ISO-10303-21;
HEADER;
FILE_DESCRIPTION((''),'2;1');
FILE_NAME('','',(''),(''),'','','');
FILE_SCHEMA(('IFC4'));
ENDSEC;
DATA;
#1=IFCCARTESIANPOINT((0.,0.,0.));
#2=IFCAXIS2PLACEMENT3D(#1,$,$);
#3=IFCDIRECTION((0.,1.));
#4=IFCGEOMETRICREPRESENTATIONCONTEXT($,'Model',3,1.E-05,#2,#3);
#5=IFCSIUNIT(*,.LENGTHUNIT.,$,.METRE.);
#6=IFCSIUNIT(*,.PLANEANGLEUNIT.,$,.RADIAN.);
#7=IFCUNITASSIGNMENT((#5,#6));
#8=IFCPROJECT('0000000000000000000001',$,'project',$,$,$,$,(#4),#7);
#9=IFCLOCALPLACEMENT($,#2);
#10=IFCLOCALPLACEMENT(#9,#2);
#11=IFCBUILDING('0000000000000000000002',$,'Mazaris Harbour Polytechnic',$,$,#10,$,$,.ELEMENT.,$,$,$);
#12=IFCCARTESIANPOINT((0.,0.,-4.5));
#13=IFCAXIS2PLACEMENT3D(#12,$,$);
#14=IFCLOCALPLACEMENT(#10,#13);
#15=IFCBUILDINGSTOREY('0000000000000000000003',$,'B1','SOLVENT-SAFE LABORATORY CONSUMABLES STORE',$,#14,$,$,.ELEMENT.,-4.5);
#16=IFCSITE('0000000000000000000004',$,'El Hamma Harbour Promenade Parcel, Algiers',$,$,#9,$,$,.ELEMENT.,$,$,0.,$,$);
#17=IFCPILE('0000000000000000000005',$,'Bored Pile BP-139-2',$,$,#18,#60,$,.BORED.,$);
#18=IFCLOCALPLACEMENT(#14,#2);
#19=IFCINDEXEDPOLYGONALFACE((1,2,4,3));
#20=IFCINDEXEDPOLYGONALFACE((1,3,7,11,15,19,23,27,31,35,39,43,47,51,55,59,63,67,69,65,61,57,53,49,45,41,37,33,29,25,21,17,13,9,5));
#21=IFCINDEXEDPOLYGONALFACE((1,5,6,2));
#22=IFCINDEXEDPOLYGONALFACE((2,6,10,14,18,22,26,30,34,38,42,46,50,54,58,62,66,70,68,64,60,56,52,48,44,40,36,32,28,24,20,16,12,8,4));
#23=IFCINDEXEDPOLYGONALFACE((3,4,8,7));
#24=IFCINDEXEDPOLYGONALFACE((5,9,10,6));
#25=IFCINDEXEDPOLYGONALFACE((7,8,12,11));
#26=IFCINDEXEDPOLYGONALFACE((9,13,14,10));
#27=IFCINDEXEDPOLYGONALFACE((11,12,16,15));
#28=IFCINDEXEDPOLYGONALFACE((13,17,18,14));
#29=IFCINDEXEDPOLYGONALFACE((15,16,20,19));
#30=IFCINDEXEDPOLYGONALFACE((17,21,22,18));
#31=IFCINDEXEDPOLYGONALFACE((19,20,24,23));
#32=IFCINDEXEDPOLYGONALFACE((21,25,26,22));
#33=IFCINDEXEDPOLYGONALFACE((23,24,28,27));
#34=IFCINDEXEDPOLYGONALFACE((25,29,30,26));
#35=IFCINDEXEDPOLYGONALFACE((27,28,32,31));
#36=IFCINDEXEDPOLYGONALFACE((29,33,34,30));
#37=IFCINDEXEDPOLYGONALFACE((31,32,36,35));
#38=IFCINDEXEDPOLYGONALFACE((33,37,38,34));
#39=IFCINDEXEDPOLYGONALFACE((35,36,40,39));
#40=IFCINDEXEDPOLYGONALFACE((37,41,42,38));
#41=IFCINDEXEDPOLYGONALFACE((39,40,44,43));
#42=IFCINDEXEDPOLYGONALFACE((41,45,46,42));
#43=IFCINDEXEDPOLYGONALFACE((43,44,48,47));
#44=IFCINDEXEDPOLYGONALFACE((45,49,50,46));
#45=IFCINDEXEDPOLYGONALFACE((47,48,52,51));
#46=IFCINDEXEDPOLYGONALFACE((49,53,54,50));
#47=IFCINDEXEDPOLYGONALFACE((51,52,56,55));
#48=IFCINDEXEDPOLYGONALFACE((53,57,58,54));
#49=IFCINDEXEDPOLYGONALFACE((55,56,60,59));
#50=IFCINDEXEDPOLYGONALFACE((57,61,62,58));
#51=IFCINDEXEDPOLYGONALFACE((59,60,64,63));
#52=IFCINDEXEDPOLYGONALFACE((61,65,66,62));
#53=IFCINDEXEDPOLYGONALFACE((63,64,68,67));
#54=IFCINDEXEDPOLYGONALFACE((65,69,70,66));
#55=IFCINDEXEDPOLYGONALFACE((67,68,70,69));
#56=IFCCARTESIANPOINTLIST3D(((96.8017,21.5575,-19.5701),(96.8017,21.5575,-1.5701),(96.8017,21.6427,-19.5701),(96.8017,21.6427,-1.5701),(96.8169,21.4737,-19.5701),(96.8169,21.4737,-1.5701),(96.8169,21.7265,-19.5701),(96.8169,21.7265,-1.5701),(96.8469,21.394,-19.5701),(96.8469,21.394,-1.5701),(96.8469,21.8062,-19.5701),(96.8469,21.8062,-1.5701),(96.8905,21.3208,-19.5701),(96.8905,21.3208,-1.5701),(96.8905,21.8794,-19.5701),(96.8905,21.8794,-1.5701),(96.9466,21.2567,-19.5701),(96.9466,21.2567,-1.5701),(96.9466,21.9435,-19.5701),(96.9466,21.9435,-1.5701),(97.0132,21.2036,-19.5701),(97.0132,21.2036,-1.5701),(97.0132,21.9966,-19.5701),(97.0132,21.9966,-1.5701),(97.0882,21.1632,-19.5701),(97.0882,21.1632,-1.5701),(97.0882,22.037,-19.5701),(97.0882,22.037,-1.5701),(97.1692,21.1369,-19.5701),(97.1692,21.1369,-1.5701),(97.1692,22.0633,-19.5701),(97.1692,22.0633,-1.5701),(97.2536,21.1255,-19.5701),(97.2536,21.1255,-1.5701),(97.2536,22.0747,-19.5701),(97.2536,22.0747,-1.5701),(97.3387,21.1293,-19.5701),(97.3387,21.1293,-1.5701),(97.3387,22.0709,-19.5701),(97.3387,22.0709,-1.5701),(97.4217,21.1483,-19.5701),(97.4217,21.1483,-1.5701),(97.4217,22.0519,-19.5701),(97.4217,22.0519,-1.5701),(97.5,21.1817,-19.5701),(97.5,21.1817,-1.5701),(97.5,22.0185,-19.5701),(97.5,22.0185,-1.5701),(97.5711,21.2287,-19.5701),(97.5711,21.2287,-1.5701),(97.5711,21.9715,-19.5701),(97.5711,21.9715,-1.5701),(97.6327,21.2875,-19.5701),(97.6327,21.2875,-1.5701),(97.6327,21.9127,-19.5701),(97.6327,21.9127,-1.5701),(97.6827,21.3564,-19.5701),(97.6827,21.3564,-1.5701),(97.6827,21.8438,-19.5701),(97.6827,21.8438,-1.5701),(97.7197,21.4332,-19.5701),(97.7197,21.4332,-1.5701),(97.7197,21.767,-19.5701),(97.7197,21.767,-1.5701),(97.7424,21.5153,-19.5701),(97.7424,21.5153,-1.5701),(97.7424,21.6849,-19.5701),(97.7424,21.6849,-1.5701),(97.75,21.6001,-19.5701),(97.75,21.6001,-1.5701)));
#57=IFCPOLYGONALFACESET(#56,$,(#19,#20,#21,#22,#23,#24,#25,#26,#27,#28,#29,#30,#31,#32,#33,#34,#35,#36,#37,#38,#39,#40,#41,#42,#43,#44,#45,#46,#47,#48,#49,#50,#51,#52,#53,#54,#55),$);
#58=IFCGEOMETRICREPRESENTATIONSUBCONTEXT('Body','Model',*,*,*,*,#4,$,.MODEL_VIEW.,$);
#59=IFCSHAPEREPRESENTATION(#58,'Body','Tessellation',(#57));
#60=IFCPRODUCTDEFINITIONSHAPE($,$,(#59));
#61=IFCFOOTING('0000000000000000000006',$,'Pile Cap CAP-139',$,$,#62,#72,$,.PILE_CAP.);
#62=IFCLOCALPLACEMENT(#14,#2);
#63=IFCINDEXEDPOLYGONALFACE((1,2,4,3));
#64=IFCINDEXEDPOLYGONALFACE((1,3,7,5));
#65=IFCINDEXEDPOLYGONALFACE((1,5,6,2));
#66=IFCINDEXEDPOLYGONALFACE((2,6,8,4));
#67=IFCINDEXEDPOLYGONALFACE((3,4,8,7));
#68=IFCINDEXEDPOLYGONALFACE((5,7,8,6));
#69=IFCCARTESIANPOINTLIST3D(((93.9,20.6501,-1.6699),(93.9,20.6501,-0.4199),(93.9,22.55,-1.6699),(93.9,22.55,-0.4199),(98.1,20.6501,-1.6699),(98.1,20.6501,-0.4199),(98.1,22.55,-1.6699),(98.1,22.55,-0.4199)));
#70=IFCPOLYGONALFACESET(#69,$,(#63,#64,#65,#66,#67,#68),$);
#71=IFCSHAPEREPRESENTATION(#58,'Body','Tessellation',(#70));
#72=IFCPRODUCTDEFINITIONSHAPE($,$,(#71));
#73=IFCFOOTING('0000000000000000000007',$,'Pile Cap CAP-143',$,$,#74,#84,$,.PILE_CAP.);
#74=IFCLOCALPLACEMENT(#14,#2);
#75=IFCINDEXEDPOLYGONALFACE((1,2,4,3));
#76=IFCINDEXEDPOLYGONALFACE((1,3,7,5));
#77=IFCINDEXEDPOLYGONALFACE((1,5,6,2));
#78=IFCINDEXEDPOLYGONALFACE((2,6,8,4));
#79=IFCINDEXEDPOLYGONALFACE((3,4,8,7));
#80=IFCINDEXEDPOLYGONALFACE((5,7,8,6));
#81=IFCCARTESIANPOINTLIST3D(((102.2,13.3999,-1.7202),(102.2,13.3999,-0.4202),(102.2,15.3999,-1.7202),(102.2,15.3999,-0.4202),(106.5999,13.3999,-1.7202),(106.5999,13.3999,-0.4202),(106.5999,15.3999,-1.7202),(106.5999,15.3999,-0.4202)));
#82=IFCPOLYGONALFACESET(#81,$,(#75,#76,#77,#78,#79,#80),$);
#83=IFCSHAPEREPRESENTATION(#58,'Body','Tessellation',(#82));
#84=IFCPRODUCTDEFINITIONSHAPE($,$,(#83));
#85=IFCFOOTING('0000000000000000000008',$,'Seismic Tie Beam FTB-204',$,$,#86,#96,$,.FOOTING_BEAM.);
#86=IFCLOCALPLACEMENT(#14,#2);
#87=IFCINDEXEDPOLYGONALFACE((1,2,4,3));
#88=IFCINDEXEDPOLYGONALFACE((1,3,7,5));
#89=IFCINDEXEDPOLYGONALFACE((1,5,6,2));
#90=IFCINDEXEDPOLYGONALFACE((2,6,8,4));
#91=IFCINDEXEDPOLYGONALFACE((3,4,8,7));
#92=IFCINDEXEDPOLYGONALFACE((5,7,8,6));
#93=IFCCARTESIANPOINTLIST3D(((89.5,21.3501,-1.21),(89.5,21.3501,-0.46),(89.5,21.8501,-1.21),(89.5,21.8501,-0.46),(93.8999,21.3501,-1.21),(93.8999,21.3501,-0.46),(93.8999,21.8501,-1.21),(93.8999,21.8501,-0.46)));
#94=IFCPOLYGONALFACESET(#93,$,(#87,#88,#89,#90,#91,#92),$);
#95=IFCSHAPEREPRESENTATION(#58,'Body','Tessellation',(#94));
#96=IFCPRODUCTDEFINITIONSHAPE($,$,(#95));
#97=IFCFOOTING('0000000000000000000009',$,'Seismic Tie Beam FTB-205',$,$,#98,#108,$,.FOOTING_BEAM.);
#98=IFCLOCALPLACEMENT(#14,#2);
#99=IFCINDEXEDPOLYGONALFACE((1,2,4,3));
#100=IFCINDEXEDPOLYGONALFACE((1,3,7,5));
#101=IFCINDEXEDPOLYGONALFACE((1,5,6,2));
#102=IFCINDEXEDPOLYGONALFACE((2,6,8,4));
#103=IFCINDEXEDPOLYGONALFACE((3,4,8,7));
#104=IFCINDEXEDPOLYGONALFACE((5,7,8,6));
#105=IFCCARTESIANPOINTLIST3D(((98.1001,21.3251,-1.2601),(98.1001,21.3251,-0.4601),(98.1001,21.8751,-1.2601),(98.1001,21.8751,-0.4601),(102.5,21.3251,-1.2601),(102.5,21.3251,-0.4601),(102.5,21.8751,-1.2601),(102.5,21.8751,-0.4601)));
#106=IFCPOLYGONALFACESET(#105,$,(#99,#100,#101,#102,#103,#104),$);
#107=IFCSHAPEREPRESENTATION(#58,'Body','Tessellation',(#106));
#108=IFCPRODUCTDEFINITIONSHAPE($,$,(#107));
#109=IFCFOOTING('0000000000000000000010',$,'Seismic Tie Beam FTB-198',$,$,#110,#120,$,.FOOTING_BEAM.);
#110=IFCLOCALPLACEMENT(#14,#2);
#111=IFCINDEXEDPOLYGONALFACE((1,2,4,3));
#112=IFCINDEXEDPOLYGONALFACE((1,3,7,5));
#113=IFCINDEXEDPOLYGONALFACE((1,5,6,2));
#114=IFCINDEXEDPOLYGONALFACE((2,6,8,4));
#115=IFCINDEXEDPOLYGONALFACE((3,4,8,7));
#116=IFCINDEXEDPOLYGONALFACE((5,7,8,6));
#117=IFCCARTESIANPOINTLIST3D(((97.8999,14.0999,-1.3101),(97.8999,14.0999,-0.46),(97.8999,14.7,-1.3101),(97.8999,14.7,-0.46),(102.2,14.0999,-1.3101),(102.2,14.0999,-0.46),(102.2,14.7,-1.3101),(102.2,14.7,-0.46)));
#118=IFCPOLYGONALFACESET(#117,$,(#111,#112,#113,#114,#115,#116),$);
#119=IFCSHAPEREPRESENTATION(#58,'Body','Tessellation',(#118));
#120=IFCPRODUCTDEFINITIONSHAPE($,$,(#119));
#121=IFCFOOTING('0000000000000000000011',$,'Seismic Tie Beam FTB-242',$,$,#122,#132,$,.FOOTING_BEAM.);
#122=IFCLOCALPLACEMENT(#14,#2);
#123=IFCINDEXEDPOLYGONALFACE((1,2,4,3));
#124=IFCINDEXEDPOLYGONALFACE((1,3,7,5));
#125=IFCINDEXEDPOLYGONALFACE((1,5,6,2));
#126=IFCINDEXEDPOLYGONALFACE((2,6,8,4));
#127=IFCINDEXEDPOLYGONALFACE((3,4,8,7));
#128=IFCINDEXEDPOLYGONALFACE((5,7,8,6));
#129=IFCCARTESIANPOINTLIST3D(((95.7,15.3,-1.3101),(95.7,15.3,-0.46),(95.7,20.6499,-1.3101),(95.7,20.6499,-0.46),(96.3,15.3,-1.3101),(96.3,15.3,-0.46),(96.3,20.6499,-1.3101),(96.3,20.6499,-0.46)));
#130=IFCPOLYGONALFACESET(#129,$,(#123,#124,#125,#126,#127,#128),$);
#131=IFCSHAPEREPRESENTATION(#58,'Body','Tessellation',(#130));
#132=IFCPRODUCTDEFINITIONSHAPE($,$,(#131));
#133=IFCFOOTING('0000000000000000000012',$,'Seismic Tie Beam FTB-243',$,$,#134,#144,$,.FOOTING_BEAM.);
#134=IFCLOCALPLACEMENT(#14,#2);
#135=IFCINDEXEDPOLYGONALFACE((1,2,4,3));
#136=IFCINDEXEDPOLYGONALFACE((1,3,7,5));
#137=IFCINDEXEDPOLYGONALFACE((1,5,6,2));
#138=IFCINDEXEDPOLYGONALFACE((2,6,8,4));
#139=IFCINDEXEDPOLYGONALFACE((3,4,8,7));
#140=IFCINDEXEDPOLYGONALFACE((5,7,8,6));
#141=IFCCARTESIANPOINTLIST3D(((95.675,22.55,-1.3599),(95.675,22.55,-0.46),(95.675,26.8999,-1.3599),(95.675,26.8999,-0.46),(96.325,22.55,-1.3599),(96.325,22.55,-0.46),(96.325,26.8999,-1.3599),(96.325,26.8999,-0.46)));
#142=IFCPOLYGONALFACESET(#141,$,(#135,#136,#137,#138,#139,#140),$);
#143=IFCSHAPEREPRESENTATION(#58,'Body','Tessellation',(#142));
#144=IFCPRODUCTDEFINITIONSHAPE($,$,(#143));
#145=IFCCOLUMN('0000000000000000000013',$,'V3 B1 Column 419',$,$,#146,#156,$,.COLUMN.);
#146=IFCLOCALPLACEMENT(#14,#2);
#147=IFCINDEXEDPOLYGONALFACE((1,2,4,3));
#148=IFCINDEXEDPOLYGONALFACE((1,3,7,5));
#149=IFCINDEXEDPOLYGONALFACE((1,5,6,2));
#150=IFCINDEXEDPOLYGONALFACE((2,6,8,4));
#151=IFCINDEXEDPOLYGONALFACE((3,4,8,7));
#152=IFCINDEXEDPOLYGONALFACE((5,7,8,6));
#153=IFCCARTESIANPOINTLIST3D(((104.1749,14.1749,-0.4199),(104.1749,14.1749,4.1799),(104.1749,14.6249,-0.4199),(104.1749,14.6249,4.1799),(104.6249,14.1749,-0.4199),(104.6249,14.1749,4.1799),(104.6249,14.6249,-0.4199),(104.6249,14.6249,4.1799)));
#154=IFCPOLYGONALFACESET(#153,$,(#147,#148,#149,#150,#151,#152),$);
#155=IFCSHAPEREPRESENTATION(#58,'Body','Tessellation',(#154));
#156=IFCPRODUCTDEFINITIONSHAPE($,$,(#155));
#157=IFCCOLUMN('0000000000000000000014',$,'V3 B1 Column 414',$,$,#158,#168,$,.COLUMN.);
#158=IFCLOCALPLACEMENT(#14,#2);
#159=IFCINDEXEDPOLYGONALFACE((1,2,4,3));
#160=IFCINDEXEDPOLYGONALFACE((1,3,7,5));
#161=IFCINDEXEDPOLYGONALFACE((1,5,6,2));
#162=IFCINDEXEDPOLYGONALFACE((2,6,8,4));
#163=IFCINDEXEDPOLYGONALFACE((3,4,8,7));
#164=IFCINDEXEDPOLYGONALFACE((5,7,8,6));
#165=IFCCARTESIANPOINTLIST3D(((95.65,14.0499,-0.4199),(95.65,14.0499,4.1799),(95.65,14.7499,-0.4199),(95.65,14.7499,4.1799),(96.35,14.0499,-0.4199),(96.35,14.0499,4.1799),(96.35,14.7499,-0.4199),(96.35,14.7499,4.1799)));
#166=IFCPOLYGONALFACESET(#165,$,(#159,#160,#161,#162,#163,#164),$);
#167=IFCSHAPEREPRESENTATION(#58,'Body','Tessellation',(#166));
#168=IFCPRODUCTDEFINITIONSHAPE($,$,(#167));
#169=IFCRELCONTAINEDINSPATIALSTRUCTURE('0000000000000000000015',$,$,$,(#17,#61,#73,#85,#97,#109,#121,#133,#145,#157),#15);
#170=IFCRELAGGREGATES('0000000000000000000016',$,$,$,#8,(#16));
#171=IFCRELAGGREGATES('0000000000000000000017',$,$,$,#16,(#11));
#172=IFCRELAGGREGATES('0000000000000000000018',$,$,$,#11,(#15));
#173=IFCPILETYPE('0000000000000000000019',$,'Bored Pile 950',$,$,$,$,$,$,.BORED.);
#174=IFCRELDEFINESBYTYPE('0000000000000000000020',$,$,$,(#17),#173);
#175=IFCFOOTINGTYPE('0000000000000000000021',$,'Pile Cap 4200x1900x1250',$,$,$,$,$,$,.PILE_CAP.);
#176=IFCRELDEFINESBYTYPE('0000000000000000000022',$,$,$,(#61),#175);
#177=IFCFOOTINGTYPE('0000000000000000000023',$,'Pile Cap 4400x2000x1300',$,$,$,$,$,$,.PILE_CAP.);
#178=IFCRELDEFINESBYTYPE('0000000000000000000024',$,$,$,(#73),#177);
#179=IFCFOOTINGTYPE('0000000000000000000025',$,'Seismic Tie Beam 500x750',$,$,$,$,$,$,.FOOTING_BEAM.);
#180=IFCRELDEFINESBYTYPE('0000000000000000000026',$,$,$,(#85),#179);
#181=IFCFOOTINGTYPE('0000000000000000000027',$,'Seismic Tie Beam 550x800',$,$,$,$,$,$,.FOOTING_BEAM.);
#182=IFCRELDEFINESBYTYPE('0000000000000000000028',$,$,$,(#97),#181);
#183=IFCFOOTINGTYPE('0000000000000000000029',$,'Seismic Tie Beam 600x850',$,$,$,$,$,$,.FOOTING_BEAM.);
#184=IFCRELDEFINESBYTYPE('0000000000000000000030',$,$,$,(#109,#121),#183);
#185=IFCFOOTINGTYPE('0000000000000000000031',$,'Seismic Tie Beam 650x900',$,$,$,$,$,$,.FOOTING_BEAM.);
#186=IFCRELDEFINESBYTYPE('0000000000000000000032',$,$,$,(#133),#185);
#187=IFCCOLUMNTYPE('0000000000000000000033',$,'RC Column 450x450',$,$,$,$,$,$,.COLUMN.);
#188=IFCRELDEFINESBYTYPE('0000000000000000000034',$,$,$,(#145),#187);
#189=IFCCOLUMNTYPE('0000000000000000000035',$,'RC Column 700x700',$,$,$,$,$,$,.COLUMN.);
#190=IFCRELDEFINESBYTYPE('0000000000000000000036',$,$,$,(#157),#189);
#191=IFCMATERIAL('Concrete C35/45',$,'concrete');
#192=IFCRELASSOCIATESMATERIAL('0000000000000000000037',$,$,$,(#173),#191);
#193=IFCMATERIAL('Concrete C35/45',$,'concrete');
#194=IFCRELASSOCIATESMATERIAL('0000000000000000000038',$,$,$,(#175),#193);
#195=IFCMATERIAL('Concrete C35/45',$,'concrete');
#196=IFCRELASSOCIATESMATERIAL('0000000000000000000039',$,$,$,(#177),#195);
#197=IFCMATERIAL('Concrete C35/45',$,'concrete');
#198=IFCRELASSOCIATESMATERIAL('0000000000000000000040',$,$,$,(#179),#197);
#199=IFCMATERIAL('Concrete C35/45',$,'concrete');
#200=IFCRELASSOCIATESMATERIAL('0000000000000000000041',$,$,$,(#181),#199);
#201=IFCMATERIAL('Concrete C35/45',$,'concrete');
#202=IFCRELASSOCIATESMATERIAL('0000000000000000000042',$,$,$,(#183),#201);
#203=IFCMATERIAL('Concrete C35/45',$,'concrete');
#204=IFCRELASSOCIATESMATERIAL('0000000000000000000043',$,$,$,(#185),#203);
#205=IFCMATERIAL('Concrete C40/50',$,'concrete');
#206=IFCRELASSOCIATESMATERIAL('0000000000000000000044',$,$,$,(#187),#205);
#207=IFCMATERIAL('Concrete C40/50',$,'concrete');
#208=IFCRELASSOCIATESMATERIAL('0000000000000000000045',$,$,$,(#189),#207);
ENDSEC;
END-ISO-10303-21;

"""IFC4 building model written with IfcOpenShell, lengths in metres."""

from ifc_helpers import new_model, si_unit, direction, frame, origin, origin_2d, place, context, subcontext, project, spatial, rectangle, circle, extrude, material, material_profile, profile_set, type_object, element, save


model = new_model("IFC4")

# Units and contexts
model_context = context("Model", 3, precision=1e-05, world=origin(), true_north=direction((0.0, 1.0)))
body_context = subcontext(model_context, "Body", "Model", "MODEL_VIEW")
ifc_project = project(units=[si_unit("LENGTHUNIT", "METRE"), si_unit("PLANEANGLEUNIT", "RADIAN")], contexts=[model_context])

# Site, building, storey
site_placement = place(None, origin())
site = spatial("IfcSite", under=ifc_project, at=site_placement, Name="El Hamma Harbour Promenade Parcel, Algiers", CompositionType="ELEMENT", RefElevation=0.0)
building_placement = place(site_placement, origin())
building = spatial("IfcBuilding", under=site, at=building_placement, Name="Mazaris Harbour Polytechnic", CompositionType="ELEMENT")
storey_placement = place(building_placement, frame((0.0, 0.0, -4.5)))
storey = spatial("IfcBuildingStorey", under=building, at=storey_placement, Name="B1", Description="SOLVENT-SAFE LABORATORY CONSUMABLES STORE", CompositionType="ELEMENT", Elevation=-4.5)

# Pile
ifc_material_1 = material(Name="Concrete C35/45", Category="concrete")
ifc_material_profile_1 = material_profile(ifc_material_1, circle(Radius=0.4751, at=origin_2d()), Name="DIA950")
ifc_profile_set_1 = profile_set([ifc_material_profile_1], Name="Concrete C35/45")
pile_type_1 = type_object("IfcPileType", Name="Bored Pile 950", PredefinedType="BORED", material=ifc_profile_set_1)
for number, where, z_axis, x_axis, name in (
    (1, (97.2749, 21.6001, -1.5701), (0.0, 0.0, -1.0), (1.0, 0.0, 0.0), "Bored Pile BP-139-2"),
):
    element("IfcPile", number, at=place(storey_placement, frame(where, z_axis=z_axis, x_axis=x_axis)), inside=storey, type_object=pile_type_1, Name=name, PredefinedType="BORED", context=body_context, shape_type="SweptSolid", body=[
        extrude(circle(Radius=0.4751, at=origin_2d()), origin(), (0.0, 0.0, 1.0), 18.0),
    ])

# Footings
ifc_material_2 = material(Name="Concrete C35/45", Category="concrete")
footing_type_1 = type_object("IfcFootingType", Name="Pile Cap 4200x1900x1250", PredefinedType="PILE_CAP", material=ifc_material_2)
footing_1_placement = place(storey_placement, frame((96.0, 21.6001, -1.6699), z_axis=(0.0, 0.0, 1.0), x_axis=(1.0, 0.0, 0.0)))
element("IfcFooting", 2, at=footing_1_placement, inside=storey, type_object=footing_type_1, Name="Pile Cap CAP-139", PredefinedType="PILE_CAP", context=body_context, shape_type="SweptSolid", body=[
    extrude(rectangle(XDim=4.2, YDim=1.8999, at=origin_2d()), origin(), (0.0, 0.0, 1.0), 1.25),
])
ifc_material_3 = material(Name="Concrete C35/45", Category="concrete")
footing_type_2 = type_object("IfcFootingType", Name="Pile Cap 4400x2000x1300", PredefinedType="PILE_CAP", material=ifc_material_3)
footing_2_placement = place(storey_placement, frame((104.3999, 14.3999, -1.7202), z_axis=(0.0, 0.0, 1.0), x_axis=(1.0, 0.0, 0.0)))
element("IfcFooting", 3, at=footing_2_placement, inside=storey, type_object=footing_type_2, Name="Pile Cap CAP-143", PredefinedType="PILE_CAP", context=body_context, shape_type="SweptSolid", body=[
    extrude(rectangle(XDim=4.3999, YDim=2.0, at=origin_2d()), origin(), (0.0, 0.0, 1.0), 1.3),
])
ifc_material_4 = material(Name="Concrete C35/45", Category="concrete")
ifc_material_profile_2 = material_profile(ifc_material_4, rectangle(XDim=0.5, YDim=0.75, at=origin_2d()), Name="RECT500x750")
ifc_profile_set_2 = profile_set([ifc_material_profile_2], Name="Concrete C35/45")
footing_type_3 = type_object("IfcFootingType", Name="Seismic Tie Beam 500x750", PredefinedType="FOOTING_BEAM", material=ifc_profile_set_2)
footing_3_placement = place(storey_placement, frame((89.5, 21.6001, -0.835), z_axis=(1.0, 0.0, 0.0), x_axis=(0.0, 1.0, 0.0)))
element("IfcFooting", 4, at=footing_3_placement, inside=storey, type_object=footing_type_3, Name="Seismic Tie Beam FTB-204", PredefinedType="FOOTING_BEAM", context=body_context, shape_type="SweptSolid", body=[
    extrude(rectangle(XDim=0.5, YDim=0.75, at=origin_2d()), origin(), (0.0, 0.0, 1.0), 4.3999),
])
ifc_material_5 = material(Name="Concrete C35/45", Category="concrete")
ifc_material_profile_3 = material_profile(ifc_material_5, rectangle(XDim=0.55, YDim=0.8, at=origin_2d()), Name="RECT550x800")
ifc_profile_set_3 = profile_set([ifc_material_profile_3], Name="Concrete C35/45")
footing_type_4 = type_object("IfcFootingType", Name="Seismic Tie Beam 550x800", PredefinedType="FOOTING_BEAM", material=ifc_profile_set_3)
footing_4_placement = place(storey_placement, frame((98.1001, 21.6001, -0.8601), z_axis=(1.0, 0.0, 0.0), x_axis=(0.0, 1.0, 0.0)))
element("IfcFooting", 5, at=footing_4_placement, inside=storey, type_object=footing_type_4, Name="Seismic Tie Beam FTB-205", PredefinedType="FOOTING_BEAM", context=body_context, shape_type="SweptSolid", body=[
    extrude(rectangle(XDim=0.55, YDim=0.8, at=origin_2d()), origin(), (0.0, 0.0, 1.0), 4.3999),
])
ifc_material_6 = material(Name="Concrete C35/45", Category="concrete")
ifc_material_profile_4 = material_profile(ifc_material_6, rectangle(XDim=0.6001, YDim=0.8501, at=origin_2d()), Name="RECT600x850")
ifc_profile_set_4 = profile_set([ifc_material_profile_4], Name="Concrete C35/45")
footing_type_5 = type_object("IfcFootingType", Name="Seismic Tie Beam 600x850", PredefinedType="FOOTING_BEAM", material=ifc_profile_set_4)
footing_5_placement = place(storey_placement, frame((97.8999, 14.3999, -0.885), z_axis=(1.0, 0.0, 0.0), x_axis=(0.0, 1.0, 0.0)))
element("IfcFooting", 6, at=footing_5_placement, inside=storey, type_object=footing_type_5, Name="Seismic Tie Beam FTB-198", PredefinedType="FOOTING_BEAM", context=body_context, shape_type="SweptSolid", body=[
    extrude(rectangle(XDim=0.6001, YDim=0.8501, at=origin_2d()), origin(), (0.0, 0.0, 1.0), 4.3),
])
footing_6_placement = place(storey_placement, frame((96.0, 15.3, -0.885), z_axis=(0.0, 1.0, 0.0), x_axis=(-1.0, 0.0, 0.0)))
element("IfcFooting", 7, at=footing_6_placement, inside=storey, type_object=footing_type_5, Name="Seismic Tie Beam FTB-242", PredefinedType="FOOTING_BEAM", context=body_context, shape_type="SweptSolid", body=[
    extrude(rectangle(XDim=0.6001, YDim=0.8501, at=origin_2d()), origin(), (0.0, 0.0, 1.0), 5.3499),
])
ifc_material_7 = material(Name="Concrete C35/45", Category="concrete")
ifc_material_profile_5 = material_profile(ifc_material_7, rectangle(XDim=0.6499, YDim=0.8999, at=origin_2d()), Name="RECT650x900")
ifc_profile_set_5 = profile_set([ifc_material_profile_5], Name="Concrete C35/45")
footing_type_6 = type_object("IfcFootingType", Name="Seismic Tie Beam 650x900", PredefinedType="FOOTING_BEAM", material=ifc_profile_set_5)
footing_7_placement = place(storey_placement, frame((96.0, 22.55, -0.9099), z_axis=(0.0, 1.0, 0.0), x_axis=(-1.0, 0.0, 0.0)))
element("IfcFooting", 8, at=footing_7_placement, inside=storey, type_object=footing_type_6, Name="Seismic Tie Beam FTB-243", PredefinedType="FOOTING_BEAM", context=body_context, shape_type="SweptSolid", body=[
    extrude(rectangle(XDim=0.6499, YDim=0.8999, at=origin_2d()), origin(), (0.0, 0.0, 1.0), 4.3499),
])

# Columns
ifc_material_8 = material(Name="Concrete C40/50", Category="concrete")
ifc_material_profile_6 = material_profile(ifc_material_8, rectangle(XDim=0.45, YDim=0.45, at=origin_2d()), Name="RECT450x450")
ifc_profile_set_6 = profile_set([ifc_material_profile_6], Name="Concrete C40/50")
column_type_1 = type_object("IfcColumnType", Name="RC Column 450x450", PredefinedType="COLUMN", material=ifc_profile_set_6)
column_1_placement = place(storey_placement, frame((104.3999, 14.3999, -0.4199), z_axis=(0.0, 0.0, 1.0), x_axis=(1.0, 0.0, 0.0)))
element("IfcColumn", 9, at=column_1_placement, inside=storey, type_object=column_type_1, Name="V3 B1 Column 419", PredefinedType="COLUMN", context=body_context, shape_type="SweptSolid", body=[
    extrude(rectangle(XDim=0.45, YDim=0.45, at=origin_2d()), origin(), (0.0, 0.0, 1.0), 4.5999),
])
ifc_material_9 = material(Name="Concrete C40/50", Category="concrete")
ifc_material_profile_7 = material_profile(ifc_material_9, rectangle(XDim=0.7, YDim=0.7, at=origin_2d()), Name="RECT700x700")
ifc_profile_set_7 = profile_set([ifc_material_profile_7], Name="Concrete C40/50")
column_type_2 = type_object("IfcColumnType", Name="RC Column 700x700", PredefinedType="COLUMN", material=ifc_profile_set_7)
column_2_placement = place(storey_placement, frame((96.0, 14.3999, -0.4199), z_axis=(0.0, 0.0, 1.0), x_axis=(1.0, 0.0, 0.0)))
element("IfcColumn", 10, at=column_2_placement, inside=storey, type_object=column_type_2, Name="V3 B1 Column 414", PredefinedType="COLUMN", context=body_context, shape_type="SweptSolid", body=[
    extrude(rectangle(XDim=0.7, YDim=0.7, at=origin_2d()), origin(), (0.0, 0.0, 1.0), 4.5999),
])

save(model, "model.ifc")
